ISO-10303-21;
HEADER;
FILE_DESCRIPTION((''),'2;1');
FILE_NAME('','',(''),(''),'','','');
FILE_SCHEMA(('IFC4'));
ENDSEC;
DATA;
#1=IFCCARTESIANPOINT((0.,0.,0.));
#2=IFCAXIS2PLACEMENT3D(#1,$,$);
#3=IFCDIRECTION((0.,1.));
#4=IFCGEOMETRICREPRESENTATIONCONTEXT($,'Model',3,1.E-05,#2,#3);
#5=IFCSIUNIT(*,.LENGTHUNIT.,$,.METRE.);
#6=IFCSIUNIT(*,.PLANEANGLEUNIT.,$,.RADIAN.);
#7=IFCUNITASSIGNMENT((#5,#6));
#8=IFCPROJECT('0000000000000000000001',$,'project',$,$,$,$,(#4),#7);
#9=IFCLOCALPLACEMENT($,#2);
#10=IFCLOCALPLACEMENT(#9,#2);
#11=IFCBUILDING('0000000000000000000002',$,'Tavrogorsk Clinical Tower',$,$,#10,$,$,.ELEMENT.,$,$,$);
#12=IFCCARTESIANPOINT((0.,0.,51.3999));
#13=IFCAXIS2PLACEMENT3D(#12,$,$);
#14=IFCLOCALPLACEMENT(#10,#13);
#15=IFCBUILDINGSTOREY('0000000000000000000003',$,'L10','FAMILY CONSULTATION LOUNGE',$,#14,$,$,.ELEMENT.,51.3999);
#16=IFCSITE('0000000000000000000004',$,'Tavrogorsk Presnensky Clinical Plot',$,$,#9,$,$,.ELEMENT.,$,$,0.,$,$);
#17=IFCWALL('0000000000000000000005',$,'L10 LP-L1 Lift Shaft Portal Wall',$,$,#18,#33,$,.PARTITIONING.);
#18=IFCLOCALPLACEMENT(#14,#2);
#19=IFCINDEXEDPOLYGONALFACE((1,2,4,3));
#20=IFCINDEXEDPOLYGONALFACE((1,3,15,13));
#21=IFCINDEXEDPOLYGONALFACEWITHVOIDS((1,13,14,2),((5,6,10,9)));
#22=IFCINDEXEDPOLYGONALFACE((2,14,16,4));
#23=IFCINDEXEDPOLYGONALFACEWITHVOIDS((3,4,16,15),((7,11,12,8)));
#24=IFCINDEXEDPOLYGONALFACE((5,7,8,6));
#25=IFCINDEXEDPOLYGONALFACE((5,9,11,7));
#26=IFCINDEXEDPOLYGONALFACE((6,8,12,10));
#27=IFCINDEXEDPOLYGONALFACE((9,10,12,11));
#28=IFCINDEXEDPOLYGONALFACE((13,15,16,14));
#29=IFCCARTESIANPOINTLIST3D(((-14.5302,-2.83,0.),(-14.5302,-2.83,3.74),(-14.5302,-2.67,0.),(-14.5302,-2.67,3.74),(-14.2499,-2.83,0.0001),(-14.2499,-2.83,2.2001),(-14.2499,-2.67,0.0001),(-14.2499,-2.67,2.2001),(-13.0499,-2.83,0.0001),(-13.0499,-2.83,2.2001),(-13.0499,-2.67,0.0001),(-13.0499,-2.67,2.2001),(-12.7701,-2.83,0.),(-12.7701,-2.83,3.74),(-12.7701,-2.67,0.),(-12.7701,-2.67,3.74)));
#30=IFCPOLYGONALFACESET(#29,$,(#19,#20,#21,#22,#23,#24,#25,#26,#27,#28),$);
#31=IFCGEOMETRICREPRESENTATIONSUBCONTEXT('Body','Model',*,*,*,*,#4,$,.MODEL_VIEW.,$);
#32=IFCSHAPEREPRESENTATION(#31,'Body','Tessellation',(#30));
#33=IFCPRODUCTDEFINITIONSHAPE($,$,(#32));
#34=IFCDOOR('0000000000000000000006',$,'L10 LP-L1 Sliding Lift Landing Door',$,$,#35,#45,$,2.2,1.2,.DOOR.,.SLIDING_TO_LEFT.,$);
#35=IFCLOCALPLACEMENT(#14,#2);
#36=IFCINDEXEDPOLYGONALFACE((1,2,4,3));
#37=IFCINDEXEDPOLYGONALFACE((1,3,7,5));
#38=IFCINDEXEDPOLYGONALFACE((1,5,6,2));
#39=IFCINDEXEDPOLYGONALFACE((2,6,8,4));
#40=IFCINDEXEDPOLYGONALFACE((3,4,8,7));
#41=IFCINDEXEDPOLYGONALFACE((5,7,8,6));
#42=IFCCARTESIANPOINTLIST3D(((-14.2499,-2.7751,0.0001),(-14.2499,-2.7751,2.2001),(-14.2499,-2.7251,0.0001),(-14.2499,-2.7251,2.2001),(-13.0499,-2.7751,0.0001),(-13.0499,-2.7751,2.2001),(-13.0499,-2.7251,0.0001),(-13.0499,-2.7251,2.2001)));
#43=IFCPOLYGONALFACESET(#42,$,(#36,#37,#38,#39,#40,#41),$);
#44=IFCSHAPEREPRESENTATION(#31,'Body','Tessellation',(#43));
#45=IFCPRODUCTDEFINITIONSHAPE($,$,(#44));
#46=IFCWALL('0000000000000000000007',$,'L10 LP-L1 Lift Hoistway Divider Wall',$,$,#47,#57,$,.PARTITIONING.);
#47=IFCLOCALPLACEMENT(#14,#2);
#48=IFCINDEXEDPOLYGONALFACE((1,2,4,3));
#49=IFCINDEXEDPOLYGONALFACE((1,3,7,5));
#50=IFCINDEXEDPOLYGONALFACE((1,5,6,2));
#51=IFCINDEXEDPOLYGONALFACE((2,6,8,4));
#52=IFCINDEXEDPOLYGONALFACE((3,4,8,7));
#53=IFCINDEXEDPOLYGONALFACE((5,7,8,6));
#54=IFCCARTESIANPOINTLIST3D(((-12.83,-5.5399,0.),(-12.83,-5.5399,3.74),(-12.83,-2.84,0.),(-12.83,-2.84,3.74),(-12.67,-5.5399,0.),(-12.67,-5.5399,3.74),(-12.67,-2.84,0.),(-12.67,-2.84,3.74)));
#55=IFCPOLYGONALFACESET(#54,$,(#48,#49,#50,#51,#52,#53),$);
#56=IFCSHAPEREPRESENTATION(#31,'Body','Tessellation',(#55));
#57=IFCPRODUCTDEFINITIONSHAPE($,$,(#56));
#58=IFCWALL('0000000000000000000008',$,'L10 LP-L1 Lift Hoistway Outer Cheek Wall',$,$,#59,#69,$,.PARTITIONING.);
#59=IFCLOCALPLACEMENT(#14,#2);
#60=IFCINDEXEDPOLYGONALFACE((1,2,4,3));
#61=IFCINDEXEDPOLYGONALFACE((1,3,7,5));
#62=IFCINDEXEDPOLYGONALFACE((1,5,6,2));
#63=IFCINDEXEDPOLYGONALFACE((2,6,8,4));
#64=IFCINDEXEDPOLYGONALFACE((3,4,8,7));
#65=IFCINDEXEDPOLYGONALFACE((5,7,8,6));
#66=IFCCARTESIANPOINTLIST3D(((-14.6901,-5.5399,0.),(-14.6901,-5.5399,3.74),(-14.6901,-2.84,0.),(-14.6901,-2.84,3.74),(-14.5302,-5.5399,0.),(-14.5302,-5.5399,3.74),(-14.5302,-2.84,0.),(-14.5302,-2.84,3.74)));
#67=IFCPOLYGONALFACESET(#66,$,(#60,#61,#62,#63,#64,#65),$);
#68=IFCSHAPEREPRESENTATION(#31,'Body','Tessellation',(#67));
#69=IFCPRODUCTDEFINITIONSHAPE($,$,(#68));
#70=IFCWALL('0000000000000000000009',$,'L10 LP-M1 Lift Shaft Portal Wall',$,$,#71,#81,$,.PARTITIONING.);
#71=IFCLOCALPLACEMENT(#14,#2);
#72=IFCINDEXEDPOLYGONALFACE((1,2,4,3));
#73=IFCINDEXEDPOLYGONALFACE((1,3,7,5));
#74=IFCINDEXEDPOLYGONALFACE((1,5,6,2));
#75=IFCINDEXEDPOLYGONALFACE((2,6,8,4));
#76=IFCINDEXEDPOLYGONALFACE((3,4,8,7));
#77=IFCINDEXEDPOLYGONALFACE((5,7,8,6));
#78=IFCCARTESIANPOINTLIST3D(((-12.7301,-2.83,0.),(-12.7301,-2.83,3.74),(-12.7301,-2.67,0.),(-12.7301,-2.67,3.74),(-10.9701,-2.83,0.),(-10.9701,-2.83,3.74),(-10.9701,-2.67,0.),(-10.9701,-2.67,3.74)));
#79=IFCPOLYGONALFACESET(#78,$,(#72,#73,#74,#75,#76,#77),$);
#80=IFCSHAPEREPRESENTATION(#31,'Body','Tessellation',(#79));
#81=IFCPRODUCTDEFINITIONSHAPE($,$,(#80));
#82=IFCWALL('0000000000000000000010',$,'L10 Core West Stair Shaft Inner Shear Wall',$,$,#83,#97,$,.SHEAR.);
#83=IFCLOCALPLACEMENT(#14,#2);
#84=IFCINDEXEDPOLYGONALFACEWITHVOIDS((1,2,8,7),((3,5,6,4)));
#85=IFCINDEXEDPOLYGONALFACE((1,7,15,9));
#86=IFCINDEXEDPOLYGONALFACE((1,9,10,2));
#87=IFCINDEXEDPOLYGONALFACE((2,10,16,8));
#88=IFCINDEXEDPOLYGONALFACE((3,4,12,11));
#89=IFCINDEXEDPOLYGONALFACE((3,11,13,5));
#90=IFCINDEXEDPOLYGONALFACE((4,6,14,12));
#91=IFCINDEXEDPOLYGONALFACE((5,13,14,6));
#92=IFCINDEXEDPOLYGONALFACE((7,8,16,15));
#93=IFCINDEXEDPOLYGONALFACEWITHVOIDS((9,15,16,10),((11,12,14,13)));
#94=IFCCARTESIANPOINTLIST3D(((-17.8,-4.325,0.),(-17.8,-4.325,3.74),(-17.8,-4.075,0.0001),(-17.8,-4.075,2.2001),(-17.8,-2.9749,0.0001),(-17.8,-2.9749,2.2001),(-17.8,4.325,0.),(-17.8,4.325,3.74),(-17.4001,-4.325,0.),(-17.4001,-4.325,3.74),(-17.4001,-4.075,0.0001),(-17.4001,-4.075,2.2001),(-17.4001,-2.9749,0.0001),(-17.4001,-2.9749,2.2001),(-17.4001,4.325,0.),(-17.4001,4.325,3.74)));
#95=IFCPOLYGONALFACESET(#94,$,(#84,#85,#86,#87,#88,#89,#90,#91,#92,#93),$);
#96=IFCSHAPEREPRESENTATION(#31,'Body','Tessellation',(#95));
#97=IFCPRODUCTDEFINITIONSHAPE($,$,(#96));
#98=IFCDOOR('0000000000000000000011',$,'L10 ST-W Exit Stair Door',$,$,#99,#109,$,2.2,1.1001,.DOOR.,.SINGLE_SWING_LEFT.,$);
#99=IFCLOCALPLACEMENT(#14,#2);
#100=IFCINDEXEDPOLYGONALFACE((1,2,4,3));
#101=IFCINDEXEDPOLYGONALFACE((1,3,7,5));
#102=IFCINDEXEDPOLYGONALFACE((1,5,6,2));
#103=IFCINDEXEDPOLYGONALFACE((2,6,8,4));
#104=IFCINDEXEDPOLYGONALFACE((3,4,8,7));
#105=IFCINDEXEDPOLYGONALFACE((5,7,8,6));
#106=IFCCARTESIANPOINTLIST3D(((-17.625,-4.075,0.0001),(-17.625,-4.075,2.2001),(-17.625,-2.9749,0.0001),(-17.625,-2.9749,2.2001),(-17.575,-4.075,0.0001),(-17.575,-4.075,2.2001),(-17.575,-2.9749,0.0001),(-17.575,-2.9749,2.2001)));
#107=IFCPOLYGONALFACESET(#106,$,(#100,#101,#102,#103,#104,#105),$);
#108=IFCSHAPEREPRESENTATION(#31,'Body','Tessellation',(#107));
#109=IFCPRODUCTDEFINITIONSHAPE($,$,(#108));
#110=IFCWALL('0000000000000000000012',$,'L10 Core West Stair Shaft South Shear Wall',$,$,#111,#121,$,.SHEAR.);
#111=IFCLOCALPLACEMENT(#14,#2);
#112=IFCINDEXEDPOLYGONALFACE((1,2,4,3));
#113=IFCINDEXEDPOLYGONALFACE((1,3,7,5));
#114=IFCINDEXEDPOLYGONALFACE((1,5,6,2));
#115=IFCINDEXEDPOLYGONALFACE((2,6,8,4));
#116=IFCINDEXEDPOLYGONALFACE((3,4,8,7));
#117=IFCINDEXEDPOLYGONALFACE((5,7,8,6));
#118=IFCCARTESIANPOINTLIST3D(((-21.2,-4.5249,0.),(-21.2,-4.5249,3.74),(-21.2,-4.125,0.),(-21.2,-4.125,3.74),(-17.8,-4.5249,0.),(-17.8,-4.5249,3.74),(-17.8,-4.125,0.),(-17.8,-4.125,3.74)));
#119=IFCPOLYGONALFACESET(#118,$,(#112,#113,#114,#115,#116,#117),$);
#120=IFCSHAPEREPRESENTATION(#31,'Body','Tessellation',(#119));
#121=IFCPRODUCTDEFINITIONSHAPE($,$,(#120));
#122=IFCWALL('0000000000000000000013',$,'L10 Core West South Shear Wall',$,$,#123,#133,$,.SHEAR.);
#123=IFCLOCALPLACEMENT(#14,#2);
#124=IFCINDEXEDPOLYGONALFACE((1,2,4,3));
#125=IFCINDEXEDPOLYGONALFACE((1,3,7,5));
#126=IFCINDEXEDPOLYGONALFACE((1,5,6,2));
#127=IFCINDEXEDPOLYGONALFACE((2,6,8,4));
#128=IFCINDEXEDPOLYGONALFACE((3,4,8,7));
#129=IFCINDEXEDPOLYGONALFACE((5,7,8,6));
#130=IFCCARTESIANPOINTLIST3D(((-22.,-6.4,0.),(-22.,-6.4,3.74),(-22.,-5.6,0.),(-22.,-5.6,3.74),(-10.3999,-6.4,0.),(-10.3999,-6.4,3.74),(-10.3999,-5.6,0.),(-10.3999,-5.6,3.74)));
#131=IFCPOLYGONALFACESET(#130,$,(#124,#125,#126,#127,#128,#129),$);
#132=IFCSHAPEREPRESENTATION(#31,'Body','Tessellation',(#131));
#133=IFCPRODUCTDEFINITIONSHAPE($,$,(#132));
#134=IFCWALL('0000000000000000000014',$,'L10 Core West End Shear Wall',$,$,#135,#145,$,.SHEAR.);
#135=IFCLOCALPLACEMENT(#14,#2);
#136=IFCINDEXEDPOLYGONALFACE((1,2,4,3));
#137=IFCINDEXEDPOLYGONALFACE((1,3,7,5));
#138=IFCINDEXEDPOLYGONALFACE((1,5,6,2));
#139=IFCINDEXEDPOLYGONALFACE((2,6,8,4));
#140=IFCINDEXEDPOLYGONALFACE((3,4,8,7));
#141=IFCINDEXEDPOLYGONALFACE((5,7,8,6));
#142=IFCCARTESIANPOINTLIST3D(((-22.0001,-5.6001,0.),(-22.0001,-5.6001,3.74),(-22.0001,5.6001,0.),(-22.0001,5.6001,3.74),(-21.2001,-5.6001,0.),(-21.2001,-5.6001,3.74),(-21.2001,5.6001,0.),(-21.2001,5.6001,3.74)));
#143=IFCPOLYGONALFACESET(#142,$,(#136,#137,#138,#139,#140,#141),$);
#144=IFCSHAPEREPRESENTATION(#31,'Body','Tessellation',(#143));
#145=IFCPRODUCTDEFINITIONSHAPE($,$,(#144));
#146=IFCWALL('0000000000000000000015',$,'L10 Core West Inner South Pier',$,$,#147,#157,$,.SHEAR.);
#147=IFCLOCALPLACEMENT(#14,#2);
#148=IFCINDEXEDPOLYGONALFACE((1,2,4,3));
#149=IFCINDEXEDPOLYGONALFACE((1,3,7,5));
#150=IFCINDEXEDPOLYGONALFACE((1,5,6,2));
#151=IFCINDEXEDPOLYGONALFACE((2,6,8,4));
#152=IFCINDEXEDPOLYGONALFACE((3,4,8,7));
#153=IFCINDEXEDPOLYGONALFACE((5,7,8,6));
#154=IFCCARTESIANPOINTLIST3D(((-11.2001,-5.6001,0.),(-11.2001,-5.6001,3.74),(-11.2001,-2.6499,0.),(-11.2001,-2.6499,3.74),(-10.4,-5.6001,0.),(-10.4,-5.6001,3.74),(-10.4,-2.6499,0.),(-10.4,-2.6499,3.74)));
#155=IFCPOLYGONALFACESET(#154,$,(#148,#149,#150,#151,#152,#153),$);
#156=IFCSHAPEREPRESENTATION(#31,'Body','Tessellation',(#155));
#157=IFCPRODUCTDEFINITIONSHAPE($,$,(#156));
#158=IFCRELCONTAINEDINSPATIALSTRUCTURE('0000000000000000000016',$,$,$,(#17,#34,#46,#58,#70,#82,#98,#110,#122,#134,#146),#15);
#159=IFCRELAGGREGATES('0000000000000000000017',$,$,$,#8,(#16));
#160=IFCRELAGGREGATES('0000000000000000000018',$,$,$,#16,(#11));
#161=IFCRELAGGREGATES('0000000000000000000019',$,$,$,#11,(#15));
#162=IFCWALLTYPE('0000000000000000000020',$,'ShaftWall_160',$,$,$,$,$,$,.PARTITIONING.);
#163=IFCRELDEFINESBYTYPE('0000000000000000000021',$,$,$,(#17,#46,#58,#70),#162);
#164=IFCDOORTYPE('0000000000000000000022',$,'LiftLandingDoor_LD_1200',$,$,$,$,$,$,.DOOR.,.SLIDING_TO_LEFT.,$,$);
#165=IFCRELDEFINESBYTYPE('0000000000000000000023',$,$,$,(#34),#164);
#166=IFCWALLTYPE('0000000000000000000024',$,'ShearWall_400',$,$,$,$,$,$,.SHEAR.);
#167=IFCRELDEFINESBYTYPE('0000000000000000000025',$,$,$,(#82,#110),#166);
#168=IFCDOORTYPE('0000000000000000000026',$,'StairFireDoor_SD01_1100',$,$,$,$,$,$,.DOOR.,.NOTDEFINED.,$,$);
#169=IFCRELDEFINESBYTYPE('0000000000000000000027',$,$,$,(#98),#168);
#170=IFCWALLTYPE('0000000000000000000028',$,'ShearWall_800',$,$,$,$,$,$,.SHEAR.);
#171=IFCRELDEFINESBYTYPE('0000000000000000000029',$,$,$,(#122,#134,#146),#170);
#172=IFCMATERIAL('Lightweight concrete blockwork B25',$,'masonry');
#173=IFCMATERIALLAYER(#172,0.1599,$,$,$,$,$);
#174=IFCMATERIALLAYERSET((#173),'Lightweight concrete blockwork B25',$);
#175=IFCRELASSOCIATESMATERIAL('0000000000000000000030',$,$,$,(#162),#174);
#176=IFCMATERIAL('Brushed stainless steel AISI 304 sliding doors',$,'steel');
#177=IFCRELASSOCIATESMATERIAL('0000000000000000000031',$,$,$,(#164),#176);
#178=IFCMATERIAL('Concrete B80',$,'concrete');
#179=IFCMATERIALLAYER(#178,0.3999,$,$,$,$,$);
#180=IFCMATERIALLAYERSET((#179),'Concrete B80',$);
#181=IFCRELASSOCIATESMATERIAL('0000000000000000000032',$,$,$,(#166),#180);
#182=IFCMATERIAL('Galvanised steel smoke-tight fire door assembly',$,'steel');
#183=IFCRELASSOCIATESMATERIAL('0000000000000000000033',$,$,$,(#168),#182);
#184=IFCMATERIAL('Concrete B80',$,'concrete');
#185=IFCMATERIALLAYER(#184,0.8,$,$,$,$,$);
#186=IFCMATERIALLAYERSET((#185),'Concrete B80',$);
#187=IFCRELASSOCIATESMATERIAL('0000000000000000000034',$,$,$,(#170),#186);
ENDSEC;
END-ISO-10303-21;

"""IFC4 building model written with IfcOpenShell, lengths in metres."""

from ifc_helpers import new_model, si_unit, direction, frame, frame_2d, origin, place, context, subcontext, project, spatial, rectangle, extrude, material, layer, layer_set, type_object, element, fill, save


model = new_model("IFC4")

# Units and contexts
model_context = context("Model", 3, precision=1e-05, world=origin(), true_north=direction((0.0, 1.0)))
body_context = subcontext(model_context, "Body", "Model", "MODEL_VIEW")
ifc_project = project(units=[si_unit("LENGTHUNIT", "METRE"), si_unit("PLANEANGLEUNIT", "RADIAN")], contexts=[model_context])

# Site, building, storey
site_placement = place(None, origin())
site = spatial("IfcSite", under=ifc_project, at=site_placement, Name="Tavrogorsk Presnensky Clinical Plot", CompositionType="ELEMENT", RefElevation=0.0)
building_placement = place(site_placement, origin())
building = spatial("IfcBuilding", under=site, at=building_placement, Name="Tavrogorsk Clinical Tower", CompositionType="ELEMENT")
storey_placement = place(building_placement, frame((0.0, 0.0, 51.3999)))
storey = spatial("IfcBuildingStorey", under=building, at=storey_placement, Name="L10", Description="FAMILY CONSULTATION LOUNGE", CompositionType="ELEMENT", Elevation=51.3999)

# Wall, opening, door
ifc_material_1 = material(Name="Lightweight concrete blockwork B25", Category="masonry")
ifc_layer_1 = layer(ifc_material_1, 0.1599)
ifc_layer_set_1 = layer_set([ifc_layer_1], Name="Lightweight concrete blockwork B25")
wall_type_1 = type_object("IfcWallType", Name="ShaftWall_160", PredefinedType="PARTITIONING", material=ifc_layer_set_1)
wall_1_placement = place(storey_placement, frame((-14.53, -2.75, 0.0), z_axis=(0.0, 0.0, 1.0), x_axis=(1.0, 0.0, 0.0)))
wall_1 = element("IfcWall", 1, at=wall_1_placement, inside=storey, type_object=wall_type_1, Name="L10 LP-L1 Lift Shaft Portal Wall", PredefinedType="PARTITIONING", context=body_context, shape_type="SweptSolid", body=[
    extrude(rectangle(XDim=1.76, YDim=0.1599, at=frame_2d((0.8799, 0.0))), origin(), (0.0, 0.0, 1.0), 3.74),
])
opening_1_placement = place(wall_1_placement, frame((0.28, 0.0, 0.0)))
opening_1 = element("IfcOpeningElement", 2, at=opening_1_placement, cuts=wall_1, PredefinedType="OPENING", context=body_context, shape_type="SweptSolid", body=[
    extrude(rectangle(XDim=1.2, YDim=2.2, at=frame_2d((0.6001, 1.1001))), frame((0.0, 0.0898, 0.0), z_axis=(0.0, -1.0, 0.0), x_axis=(1.0, 0.0, 0.0)), (0.0, 0.0, 1.0), 0.1799),
])
ifc_material_2 = material(Name="Brushed stainless steel AISI 304 sliding doors", Category="steel")
door_type_1 = type_object("IfcDoorType", Name="LiftLandingDoor_LD_1200", OperationType="SLIDING_TO_LEFT", PredefinedType="DOOR", material=ifc_material_2)
door_1_placement = place(opening_1_placement, origin())
door_1 = element("IfcDoor", 3, at=door_1_placement, inside=storey, type_object=door_type_1, Name="L10 LP-L1 Sliding Lift Landing Door", OperationType="SLIDING_TO_LEFT", OverallHeight=2.2, OverallWidth=1.2, PredefinedType="DOOR", context=body_context, shape_type="SweptSolid", body=[
    extrude(rectangle(XDim=1.2, YDim=2.2, at=frame_2d((0.6001, 1.1001))), frame((0.0, 0.0249, 0.0), z_axis=(0.0, -1.0, 0.0), x_axis=(1.0, 0.0, 0.0)), (0.0, 0.0, 1.0), 0.05),
])
fill(opening_1, door_1)

# Walls
for number, where, z_axis, x_axis, name in (
    (4, (-12.75, -5.54, 0.0), (0.0, 0.0, 1.0), (0.0, 1.0, 0.0), "L10 LP-L1 Lift Hoistway Divider Wall"),
    (5, (-14.6101, -5.54, 0.0), (0.0, 0.0, 1.0), (0.0, 1.0, 0.0), "L10 LP-L1 Lift Hoistway Outer Cheek Wall"),
):
    element("IfcWall", number, at=place(storey_placement, frame(where, z_axis=z_axis, x_axis=x_axis)), inside=storey, type_object=wall_type_1, Name=name, PredefinedType="PARTITIONING", context=body_context, shape_type="SweptSolid", body=[
        extrude(rectangle(XDim=2.7, YDim=0.1599, at=frame_2d((1.3501, 0.0))), origin(), (0.0, 0.0, 1.0), 3.74),
    ])
wall_2_placement = place(storey_placement, frame((-12.73, -2.75, 0.0), z_axis=(0.0, 0.0, 1.0), x_axis=(1.0, 0.0, 0.0)))
element("IfcWall", 6, at=wall_2_placement, inside=storey, type_object=wall_type_1, Name="L10 LP-M1 Lift Shaft Portal Wall", PredefinedType="PARTITIONING", context=body_context, shape_type="SweptSolid", body=[
    extrude(rectangle(XDim=1.76, YDim=0.1599, at=frame_2d((0.8799, 0.0))), origin(), (0.0, 0.0, 1.0), 3.74),
])

# Wall, opening, door
ifc_material_3 = material(Name="Concrete B80", Category="concrete")
ifc_layer_2 = layer(ifc_material_3, 0.3999)
ifc_layer_set_2 = layer_set([ifc_layer_2], Name="Concrete B80")
wall_type_2 = type_object("IfcWallType", Name="ShearWall_400", PredefinedType="SHEAR", material=ifc_layer_set_2)
wall_3_placement = place(storey_placement, frame((-17.6001, -4.325, 0.0), z_axis=(0.0, 0.0, 1.0), x_axis=(0.0, 1.0, 0.0)))
wall_3 = element("IfcWall", 7, at=wall_3_placement, inside=storey, type_object=wall_type_2, Name="L10 Core West Stair Shaft Inner Shear Wall", PredefinedType="SHEAR", context=body_context, shape_type="SweptSolid", body=[
    extrude(rectangle(XDim=8.6499, YDim=0.3999, at=frame_2d((4.325, 0.0))), origin(), (0.0, 0.0, 1.0), 3.74),
])
opening_2_placement = place(wall_3_placement, frame((0.25, 0.0, 0.0)))
opening_2 = element("IfcOpeningElement", 8, at=opening_2_placement, cuts=wall_3, PredefinedType="OPENING", context=body_context, shape_type="SweptSolid", body=[
    extrude(rectangle(XDim=1.1001, YDim=2.2, at=frame_2d((0.55, 1.1001))), frame((0.0, 0.21, 0.0), z_axis=(0.0, -1.0, 0.0), x_axis=(1.0, 0.0, 0.0)), (0.0, 0.0, 1.0), 0.4199),
])
ifc_material_4 = material(Name="Galvanised steel smoke-tight fire door assembly", Category="steel")
door_type_2 = type_object("IfcDoorType", Name="StairFireDoor_SD01_1100", OperationType="NOTDEFINED", PredefinedType="DOOR", material=ifc_material_4)
door_2_placement = place(opening_2_placement, origin())
door_2 = element("IfcDoor", 9, at=door_2_placement, inside=storey, type_object=door_type_2, Name="L10 ST-W Exit Stair Door", OperationType="SINGLE_SWING_LEFT", OverallHeight=2.2, OverallWidth=1.1001, PredefinedType="DOOR", context=body_context, shape_type="SweptSolid", body=[
    extrude(rectangle(XDim=1.1001, YDim=2.2, at=frame_2d((0.55, 1.1001))), frame((0.0, 0.0249, 0.0), z_axis=(0.0, -1.0, 0.0), x_axis=(1.0, 0.0, 0.0)), (0.0, 0.0, 1.0), 0.05),
])
fill(opening_2, door_2)

# Walls
wall_4_placement = place(storey_placement, frame((-21.2, -4.325, 0.0), z_axis=(0.0, 0.0, 1.0), x_axis=(1.0, 0.0, 0.0)))
element("IfcWall", 10, at=wall_4_placement, inside=storey, type_object=wall_type_2, Name="L10 Core West Stair Shaft South Shear Wall", PredefinedType="SHEAR", context=body_context, shape_type="SweptSolid", body=[
    extrude(rectangle(XDim=3.3999, YDim=0.3999, at=frame_2d((1.7, 0.0))), origin(), (0.0, 0.0, 1.0), 3.74),
])
ifc_material_5 = material(Name="Concrete B80", Category="concrete")
ifc_layer_3 = layer(ifc_material_5, 0.8)
ifc_layer_set_3 = layer_set([ifc_layer_3], Name="Concrete B80")
wall_type_3 = type_object("IfcWallType", Name="ShearWall_800", PredefinedType="SHEAR", material=ifc_layer_set_3)
wall_5_placement = place(storey_placement, frame((-22.0, -6.0, 0.0), z_axis=(0.0, 0.0, 1.0), x_axis=(1.0, 0.0, 0.0)))
element("IfcWall", 11, at=wall_5_placement, inside=storey, type_object=wall_type_3, Name="L10 Core West South Shear Wall", PredefinedType="SHEAR", context=body_context, shape_type="SweptSolid", body=[
    extrude(rectangle(XDim=11.6001, YDim=0.8, at=frame_2d((5.8, 0.0))), origin(), (0.0, 0.0, 1.0), 3.74),
])
wall_6_placement = place(storey_placement, frame((-21.6001, -5.6001, 0.0), z_axis=(0.0, 0.0, 1.0), x_axis=(0.0, 1.0, 0.0)))
element("IfcWall", 12, at=wall_6_placement, inside=storey, type_object=wall_type_3, Name="L10 Core West End Shear Wall", PredefinedType="SHEAR", context=body_context, shape_type="SweptSolid", body=[
    extrude(rectangle(XDim=11.2002, YDim=0.8, at=frame_2d((5.6001, 0.0))), origin(), (0.0, 0.0, 1.0), 3.74),
])
wall_7_placement = place(storey_placement, frame((-10.8, -5.6001, 0.0), z_axis=(0.0, 0.0, 1.0), x_axis=(0.0, 1.0, 0.0)))
element("IfcWall", 13, at=wall_7_placement, inside=storey, type_object=wall_type_3, Name="L10 Core West Inner South Pier", PredefinedType="SHEAR", context=body_context, shape_type="SweptSolid", body=[
    extrude(rectangle(XDim=2.9502, YDim=0.8, at=frame_2d((1.4751, 0.0))), origin(), (0.0, 0.0, 1.0), 3.74),
])

save(model, "model.ifc")
